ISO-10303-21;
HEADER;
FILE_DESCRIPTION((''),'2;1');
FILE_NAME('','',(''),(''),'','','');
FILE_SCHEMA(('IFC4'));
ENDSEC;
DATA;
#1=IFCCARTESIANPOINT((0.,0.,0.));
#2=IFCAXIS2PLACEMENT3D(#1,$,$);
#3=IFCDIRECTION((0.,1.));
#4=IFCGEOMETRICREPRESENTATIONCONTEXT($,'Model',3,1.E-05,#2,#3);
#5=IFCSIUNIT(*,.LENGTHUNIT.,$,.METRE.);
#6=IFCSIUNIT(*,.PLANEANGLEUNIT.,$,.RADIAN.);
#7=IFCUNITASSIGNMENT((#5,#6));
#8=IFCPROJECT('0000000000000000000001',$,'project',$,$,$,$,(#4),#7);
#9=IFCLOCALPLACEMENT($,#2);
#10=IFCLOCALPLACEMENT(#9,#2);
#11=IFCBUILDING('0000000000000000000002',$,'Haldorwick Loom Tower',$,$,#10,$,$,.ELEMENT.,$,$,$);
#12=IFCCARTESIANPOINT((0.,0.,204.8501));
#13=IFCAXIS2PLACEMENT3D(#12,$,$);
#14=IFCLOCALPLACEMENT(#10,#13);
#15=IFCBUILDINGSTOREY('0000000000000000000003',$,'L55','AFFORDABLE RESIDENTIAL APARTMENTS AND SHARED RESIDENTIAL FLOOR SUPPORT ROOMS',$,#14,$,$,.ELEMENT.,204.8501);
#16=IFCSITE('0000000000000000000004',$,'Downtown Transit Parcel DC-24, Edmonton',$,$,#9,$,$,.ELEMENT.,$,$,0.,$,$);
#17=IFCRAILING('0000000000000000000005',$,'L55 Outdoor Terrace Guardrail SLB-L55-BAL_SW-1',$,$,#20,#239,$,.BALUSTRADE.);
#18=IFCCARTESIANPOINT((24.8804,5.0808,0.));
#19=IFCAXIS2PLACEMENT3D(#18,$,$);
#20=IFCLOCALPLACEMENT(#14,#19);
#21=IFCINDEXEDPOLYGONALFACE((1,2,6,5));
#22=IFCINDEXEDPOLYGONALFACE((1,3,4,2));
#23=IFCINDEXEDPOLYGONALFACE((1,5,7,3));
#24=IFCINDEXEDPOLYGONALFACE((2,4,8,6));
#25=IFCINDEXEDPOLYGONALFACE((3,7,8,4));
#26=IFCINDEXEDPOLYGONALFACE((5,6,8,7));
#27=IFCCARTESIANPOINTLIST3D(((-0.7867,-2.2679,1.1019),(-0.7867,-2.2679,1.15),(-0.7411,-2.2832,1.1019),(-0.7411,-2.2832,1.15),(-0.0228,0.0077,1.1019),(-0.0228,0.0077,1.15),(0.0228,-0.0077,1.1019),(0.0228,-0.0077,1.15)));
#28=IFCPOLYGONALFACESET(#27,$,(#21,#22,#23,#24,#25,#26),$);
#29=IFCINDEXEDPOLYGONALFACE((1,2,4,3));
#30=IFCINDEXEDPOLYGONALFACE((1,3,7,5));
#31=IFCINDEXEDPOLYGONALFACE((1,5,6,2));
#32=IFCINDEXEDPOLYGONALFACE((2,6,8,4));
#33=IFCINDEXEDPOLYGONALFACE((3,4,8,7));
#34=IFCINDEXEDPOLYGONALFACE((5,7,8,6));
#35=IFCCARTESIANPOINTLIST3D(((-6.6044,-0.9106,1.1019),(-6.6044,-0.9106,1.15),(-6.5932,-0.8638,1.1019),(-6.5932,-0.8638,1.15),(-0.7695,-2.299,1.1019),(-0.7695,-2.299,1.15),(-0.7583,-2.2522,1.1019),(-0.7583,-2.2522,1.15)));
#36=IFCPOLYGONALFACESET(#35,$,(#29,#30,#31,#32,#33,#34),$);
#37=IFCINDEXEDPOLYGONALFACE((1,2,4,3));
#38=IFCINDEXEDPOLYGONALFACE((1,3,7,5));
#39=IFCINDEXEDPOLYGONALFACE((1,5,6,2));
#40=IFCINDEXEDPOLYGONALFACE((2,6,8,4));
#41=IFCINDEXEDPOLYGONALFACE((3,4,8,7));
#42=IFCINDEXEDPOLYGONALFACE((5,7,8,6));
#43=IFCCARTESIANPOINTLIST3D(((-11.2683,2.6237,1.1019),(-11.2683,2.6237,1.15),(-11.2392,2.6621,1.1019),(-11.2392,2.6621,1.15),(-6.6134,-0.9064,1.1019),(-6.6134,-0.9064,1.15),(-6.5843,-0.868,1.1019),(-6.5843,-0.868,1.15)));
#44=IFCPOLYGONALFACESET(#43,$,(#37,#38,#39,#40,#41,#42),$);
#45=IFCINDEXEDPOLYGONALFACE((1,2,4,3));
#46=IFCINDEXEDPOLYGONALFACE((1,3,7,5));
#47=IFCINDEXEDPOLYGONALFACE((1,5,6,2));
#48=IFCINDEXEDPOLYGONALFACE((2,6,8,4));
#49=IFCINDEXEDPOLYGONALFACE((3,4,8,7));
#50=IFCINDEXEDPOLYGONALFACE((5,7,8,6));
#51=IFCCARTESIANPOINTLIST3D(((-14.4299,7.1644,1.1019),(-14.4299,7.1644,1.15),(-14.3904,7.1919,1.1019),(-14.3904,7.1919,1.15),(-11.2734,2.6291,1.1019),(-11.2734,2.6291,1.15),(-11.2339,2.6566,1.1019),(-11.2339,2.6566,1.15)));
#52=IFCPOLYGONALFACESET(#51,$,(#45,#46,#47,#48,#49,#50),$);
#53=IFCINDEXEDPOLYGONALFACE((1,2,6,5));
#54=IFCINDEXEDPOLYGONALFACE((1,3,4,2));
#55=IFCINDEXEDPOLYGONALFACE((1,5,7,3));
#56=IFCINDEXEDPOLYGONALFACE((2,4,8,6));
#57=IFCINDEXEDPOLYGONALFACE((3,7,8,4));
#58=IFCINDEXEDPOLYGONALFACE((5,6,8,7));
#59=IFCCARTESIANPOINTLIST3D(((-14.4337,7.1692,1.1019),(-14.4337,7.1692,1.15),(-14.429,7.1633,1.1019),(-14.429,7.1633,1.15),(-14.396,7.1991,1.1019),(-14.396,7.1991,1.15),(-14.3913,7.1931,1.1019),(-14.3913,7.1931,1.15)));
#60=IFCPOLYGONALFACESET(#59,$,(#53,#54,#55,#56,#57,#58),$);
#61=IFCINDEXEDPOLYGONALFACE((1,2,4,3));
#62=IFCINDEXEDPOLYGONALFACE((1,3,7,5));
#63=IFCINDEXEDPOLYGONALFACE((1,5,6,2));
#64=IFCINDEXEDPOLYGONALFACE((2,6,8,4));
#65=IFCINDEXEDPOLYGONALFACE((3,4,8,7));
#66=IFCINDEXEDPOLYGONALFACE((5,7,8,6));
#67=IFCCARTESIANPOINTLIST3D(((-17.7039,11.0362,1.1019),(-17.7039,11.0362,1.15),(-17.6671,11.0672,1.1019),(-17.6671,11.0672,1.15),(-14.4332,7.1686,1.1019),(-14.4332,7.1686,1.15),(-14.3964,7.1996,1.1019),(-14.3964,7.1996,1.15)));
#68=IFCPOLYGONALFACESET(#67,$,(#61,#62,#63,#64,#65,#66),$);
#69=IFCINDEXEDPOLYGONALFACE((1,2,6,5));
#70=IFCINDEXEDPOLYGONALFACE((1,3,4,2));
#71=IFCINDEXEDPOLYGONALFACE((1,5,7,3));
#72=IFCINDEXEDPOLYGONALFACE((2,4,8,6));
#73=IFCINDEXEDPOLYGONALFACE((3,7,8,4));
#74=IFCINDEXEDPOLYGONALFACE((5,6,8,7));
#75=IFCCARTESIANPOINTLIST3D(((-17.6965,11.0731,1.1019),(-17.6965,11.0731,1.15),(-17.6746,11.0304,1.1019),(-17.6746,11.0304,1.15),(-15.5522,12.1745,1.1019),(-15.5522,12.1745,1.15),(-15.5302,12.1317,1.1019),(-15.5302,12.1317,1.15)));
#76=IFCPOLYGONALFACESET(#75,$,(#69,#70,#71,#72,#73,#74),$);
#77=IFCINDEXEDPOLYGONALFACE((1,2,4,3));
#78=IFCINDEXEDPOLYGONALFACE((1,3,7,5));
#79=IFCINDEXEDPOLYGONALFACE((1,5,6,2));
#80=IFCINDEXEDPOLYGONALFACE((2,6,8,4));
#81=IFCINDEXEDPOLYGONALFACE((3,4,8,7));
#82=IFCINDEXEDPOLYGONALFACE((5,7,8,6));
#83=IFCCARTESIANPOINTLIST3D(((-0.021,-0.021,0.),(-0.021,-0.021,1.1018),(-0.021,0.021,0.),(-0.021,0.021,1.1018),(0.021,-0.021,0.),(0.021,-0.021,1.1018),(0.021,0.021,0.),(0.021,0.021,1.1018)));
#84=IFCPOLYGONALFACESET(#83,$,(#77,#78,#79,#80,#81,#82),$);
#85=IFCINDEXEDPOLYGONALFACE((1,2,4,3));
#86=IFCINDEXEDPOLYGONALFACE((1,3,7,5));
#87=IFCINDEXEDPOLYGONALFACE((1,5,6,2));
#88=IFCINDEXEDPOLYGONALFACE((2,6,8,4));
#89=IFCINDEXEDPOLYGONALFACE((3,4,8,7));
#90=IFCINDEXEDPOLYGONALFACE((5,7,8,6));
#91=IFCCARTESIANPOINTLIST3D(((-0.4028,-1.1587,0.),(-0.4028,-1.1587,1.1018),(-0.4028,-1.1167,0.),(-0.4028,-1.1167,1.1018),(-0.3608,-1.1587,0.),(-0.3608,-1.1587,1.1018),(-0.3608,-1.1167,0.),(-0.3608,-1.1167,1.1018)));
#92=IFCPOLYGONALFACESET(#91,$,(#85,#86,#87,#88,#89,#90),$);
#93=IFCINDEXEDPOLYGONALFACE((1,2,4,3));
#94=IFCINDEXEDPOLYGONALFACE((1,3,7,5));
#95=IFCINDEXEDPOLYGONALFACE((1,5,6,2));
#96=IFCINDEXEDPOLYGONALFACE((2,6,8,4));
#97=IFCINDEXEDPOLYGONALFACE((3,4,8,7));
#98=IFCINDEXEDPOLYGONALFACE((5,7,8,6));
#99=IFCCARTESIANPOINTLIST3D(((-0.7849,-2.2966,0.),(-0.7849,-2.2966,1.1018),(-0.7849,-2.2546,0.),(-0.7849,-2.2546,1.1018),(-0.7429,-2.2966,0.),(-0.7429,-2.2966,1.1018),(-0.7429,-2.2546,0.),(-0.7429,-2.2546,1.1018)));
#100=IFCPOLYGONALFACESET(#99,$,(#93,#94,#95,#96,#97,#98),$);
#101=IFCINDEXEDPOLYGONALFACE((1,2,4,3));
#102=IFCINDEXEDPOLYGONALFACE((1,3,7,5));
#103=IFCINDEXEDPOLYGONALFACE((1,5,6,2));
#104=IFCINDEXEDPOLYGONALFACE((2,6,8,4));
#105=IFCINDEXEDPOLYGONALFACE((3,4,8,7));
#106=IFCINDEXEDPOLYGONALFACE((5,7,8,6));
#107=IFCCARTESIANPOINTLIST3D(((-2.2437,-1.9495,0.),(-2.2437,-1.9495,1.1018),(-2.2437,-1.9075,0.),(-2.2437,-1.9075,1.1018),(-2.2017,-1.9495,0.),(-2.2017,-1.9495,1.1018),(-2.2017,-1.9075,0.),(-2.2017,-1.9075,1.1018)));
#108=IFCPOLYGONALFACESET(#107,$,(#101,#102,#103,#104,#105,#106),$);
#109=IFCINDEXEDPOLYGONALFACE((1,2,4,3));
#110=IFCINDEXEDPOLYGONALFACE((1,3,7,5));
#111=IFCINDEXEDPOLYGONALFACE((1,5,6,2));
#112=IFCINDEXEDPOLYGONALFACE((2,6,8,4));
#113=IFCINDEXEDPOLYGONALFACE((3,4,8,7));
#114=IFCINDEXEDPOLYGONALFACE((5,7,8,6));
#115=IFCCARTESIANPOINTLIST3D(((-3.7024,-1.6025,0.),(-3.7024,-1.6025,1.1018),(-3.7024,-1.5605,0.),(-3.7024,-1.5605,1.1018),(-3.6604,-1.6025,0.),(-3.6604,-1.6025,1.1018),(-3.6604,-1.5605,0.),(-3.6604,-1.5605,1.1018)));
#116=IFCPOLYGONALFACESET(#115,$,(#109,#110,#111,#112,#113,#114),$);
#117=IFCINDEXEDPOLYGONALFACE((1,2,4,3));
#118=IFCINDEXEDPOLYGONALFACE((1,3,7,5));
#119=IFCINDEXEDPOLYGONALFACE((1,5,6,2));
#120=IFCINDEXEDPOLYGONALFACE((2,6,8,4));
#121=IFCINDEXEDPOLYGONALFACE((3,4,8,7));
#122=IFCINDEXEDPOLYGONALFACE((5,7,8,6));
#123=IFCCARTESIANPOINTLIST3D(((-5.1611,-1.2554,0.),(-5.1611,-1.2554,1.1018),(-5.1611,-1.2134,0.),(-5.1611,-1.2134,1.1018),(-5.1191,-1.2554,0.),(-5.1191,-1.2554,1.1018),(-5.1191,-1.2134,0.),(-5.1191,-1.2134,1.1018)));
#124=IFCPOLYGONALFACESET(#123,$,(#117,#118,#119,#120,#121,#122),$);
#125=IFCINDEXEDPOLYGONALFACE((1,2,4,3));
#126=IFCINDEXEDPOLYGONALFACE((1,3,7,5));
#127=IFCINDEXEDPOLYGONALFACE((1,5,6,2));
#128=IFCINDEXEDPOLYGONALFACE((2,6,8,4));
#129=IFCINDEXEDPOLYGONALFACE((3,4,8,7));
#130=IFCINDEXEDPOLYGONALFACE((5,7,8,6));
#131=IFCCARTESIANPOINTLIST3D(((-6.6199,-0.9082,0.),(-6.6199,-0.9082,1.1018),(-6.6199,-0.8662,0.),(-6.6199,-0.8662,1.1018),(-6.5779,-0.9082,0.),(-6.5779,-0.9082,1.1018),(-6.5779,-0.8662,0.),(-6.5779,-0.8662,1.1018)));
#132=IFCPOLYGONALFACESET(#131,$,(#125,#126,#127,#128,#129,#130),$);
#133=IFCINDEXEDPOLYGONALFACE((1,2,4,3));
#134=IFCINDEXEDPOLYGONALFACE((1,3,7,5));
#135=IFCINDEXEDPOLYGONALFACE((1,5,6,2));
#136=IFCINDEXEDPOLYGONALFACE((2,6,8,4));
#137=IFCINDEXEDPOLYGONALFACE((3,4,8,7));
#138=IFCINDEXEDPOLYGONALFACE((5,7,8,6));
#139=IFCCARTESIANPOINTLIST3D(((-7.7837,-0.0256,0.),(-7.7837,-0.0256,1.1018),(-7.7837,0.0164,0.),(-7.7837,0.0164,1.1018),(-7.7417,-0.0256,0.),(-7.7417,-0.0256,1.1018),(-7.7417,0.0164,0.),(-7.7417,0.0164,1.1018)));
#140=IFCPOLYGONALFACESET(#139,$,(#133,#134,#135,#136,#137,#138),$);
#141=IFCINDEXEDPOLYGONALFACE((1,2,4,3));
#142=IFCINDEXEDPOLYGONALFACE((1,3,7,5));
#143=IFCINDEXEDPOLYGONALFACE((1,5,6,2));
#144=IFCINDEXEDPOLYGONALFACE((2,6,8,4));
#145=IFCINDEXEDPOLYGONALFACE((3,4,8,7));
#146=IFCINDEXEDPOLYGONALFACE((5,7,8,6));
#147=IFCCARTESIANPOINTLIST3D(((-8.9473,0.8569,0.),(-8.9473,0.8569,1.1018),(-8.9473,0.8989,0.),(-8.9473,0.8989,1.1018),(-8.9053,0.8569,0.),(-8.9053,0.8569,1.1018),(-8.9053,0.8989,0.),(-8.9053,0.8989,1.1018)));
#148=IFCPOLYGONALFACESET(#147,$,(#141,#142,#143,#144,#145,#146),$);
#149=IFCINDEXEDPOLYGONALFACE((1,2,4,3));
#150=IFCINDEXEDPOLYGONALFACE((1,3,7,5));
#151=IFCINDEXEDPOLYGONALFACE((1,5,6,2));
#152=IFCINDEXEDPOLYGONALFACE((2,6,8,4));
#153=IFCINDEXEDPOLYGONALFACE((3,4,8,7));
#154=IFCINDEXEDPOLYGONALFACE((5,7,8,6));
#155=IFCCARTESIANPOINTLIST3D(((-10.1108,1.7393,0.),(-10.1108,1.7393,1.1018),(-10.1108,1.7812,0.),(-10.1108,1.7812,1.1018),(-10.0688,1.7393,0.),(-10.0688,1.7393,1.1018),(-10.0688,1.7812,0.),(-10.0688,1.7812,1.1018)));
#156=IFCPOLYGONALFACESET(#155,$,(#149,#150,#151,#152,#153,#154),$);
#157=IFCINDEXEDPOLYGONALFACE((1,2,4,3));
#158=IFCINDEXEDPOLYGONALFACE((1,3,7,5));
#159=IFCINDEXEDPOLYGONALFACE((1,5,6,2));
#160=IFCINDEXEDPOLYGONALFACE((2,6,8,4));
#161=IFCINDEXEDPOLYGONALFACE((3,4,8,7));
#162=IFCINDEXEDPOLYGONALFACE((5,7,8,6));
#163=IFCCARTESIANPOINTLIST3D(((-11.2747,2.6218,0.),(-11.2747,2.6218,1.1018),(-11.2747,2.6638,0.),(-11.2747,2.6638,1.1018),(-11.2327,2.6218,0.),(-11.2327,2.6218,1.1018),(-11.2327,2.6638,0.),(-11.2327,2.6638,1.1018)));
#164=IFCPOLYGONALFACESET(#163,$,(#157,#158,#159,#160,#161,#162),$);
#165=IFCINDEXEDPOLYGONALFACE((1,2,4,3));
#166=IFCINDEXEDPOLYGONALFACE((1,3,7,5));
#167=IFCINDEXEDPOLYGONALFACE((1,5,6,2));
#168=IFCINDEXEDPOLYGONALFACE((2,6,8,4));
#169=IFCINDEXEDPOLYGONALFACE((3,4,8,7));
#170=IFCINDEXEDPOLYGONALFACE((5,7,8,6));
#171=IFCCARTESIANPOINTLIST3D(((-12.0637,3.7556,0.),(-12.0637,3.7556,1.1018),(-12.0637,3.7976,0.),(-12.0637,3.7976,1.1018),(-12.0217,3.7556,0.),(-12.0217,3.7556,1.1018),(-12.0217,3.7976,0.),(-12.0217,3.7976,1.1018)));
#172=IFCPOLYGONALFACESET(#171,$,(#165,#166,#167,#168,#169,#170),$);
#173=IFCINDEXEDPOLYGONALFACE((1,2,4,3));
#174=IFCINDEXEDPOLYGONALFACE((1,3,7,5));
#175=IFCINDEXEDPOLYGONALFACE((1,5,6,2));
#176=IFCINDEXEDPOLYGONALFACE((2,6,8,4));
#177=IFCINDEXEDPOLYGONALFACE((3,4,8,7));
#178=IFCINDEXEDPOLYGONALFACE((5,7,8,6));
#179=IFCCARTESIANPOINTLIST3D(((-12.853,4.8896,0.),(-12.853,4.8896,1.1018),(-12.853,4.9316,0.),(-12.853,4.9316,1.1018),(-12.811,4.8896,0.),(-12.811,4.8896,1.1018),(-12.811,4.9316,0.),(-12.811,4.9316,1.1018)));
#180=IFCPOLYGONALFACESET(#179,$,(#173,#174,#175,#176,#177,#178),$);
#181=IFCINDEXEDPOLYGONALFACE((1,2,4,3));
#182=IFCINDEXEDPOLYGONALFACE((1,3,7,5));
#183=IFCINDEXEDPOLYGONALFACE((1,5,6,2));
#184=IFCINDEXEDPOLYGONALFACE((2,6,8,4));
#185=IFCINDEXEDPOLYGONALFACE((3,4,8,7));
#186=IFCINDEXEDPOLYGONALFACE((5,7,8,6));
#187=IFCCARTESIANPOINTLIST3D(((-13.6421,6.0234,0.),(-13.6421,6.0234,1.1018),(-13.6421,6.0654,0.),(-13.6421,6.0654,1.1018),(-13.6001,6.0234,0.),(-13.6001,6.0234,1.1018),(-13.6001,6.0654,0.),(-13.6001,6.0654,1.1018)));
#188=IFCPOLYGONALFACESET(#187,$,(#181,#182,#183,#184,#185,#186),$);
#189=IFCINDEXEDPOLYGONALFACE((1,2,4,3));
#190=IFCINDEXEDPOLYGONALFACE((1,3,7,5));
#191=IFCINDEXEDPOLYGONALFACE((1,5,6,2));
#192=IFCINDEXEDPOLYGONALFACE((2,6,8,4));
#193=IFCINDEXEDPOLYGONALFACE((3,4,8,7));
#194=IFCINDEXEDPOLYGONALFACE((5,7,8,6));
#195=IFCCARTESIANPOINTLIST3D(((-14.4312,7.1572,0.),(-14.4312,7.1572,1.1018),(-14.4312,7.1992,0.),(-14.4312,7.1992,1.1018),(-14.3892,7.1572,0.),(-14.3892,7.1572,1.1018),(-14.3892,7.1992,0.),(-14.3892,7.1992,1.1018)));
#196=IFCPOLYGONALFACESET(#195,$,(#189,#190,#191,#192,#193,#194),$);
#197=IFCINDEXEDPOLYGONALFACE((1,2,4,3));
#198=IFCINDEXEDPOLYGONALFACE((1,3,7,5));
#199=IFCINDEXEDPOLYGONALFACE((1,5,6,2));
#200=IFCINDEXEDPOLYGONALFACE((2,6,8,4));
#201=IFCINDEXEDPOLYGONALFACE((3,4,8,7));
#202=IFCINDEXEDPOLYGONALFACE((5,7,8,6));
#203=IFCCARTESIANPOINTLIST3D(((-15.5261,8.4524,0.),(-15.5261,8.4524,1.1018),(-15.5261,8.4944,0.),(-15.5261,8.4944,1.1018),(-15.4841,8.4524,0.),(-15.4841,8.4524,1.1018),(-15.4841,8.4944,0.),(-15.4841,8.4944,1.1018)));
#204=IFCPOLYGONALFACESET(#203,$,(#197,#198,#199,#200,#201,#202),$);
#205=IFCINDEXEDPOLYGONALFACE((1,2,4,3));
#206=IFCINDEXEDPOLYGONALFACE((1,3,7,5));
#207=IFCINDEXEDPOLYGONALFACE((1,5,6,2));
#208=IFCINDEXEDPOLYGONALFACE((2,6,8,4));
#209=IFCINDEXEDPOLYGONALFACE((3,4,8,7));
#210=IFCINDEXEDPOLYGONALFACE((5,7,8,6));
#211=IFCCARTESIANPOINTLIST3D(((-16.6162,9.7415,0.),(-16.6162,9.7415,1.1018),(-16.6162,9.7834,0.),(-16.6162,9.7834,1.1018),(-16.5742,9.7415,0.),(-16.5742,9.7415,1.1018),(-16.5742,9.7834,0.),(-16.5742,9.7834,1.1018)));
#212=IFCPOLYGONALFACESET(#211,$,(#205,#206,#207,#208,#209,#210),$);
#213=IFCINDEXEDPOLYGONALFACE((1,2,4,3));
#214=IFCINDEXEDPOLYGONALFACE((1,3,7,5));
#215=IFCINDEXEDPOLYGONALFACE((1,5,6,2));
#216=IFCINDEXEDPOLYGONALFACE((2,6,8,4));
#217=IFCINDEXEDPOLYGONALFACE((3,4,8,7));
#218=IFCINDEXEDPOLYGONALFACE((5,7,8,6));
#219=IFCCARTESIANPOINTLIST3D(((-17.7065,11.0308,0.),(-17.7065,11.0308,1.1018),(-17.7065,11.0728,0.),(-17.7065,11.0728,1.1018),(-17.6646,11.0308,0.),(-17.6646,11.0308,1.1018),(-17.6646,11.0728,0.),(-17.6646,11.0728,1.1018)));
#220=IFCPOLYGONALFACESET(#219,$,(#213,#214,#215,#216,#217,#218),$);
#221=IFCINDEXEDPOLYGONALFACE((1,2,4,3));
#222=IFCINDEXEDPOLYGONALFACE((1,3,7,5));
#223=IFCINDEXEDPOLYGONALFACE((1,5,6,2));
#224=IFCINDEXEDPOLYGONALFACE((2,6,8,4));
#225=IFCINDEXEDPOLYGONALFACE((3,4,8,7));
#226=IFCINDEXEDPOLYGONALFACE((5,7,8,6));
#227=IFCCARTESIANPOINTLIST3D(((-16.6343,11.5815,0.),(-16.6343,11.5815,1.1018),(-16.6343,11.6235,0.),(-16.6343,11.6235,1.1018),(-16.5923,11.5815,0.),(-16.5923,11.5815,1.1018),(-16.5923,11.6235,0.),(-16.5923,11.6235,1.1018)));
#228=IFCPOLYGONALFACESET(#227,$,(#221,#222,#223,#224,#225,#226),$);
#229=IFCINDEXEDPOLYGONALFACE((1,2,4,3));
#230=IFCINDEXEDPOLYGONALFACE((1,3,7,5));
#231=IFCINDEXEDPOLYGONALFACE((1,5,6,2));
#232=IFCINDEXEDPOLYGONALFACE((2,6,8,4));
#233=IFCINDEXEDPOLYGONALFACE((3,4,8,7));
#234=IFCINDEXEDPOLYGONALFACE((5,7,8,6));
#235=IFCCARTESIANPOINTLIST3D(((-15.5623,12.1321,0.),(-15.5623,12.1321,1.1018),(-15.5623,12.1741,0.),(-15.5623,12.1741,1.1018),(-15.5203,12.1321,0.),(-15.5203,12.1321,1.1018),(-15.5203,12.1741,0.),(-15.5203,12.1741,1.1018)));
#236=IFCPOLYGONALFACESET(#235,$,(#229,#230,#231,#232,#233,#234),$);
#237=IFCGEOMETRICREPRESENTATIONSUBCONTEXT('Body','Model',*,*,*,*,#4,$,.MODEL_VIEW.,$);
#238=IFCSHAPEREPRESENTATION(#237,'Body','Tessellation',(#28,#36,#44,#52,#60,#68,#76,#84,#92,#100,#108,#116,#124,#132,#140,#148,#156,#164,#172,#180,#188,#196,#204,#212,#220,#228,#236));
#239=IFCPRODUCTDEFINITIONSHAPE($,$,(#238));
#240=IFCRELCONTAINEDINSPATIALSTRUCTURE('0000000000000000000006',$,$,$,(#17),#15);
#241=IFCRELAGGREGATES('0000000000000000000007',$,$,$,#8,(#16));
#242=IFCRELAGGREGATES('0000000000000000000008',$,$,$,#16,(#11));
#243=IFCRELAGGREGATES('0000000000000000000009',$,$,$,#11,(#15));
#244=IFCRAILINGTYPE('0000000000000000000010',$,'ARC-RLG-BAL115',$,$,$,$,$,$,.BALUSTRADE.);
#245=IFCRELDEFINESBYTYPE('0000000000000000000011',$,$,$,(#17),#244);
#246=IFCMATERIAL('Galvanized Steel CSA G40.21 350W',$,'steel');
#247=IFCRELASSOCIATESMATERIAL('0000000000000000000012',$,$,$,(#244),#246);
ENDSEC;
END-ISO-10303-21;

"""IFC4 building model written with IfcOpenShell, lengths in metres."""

from ifc_helpers import new_model, si_unit, direction, frame, origin, origin_2d, place, context, subcontext, project, spatial, rectangle, extrude, material, type_object, element, save


model = new_model("IFC4")

# Units and contexts
model_context = context("Model", 3, precision=1e-05, world=origin(), true_north=direction((0.0, 1.0)))
body_context = subcontext(model_context, "Body", "Model", "MODEL_VIEW")
ifc_project = project(units=[si_unit("LENGTHUNIT", "METRE"), si_unit("PLANEANGLEUNIT", "RADIAN")], contexts=[model_context])

# Site, building, storey
site_placement = place(None, origin())
site = spatial("IfcSite", under=ifc_project, at=site_placement, Name="Downtown Transit Parcel DC-24, Edmonton", CompositionType="ELEMENT", RefElevation=0.0)
building_placement = place(site_placement, origin())
building = spatial("IfcBuilding", under=site, at=building_placement, Name="Haldorwick Loom Tower", CompositionType="ELEMENT")
storey_placement = place(building_placement, frame((0.0, 0.0, 204.8501)))
storey = spatial("IfcBuildingStorey", under=building, at=storey_placement, Name="L55", Description="AFFORDABLE RESIDENTIAL APARTMENTS AND SHARED RESIDENTIAL FLOOR SUPPORT ROOMS", CompositionType="ELEMENT", Elevation=204.8501)

# Railing
ifc_material_1 = material(Name="Galvanized Steel CSA G40.21 350W", Category="steel")
railing_type = type_object("IfcRailingType", Name="ARC-RLG-BAL115", PredefinedType="BALUSTRADE", material=ifc_material_1)
railing_placement = place(storey_placement, frame((24.8804, 5.0808, 0.0)))
element("IfcRailing", 1, at=railing_placement, inside=storey, type_object=railing_type, Name="L55 Outdoor Terrace Guardrail SLB-L55-BAL_SW-1", PredefinedType="BALUSTRADE", context=body_context, shape_type="SweptSolid", body=[
    extrude(rectangle(XDim=0.0481, YDim=0.0481, at=origin_2d()), frame((0.0, 0.0, 1.126), z_axis=(-0.318241, -0.94801, 0.0), x_axis=(0.94801, -0.318241, 0.0)), (0.0, 0.0, 1.0), 2.4004),
    extrude(rectangle(XDim=0.0481, YDim=0.0481, at=origin_2d()), frame((-0.7639, -2.2756, 1.126), z_axis=(-0.972838, 0.231487, 0.0), x_axis=(-0.231487, -0.972838, 0.0)), (0.0, 0.0, 1.0), 5.9978),
    extrude(rectangle(XDim=0.0481, YDim=0.0481, at=origin_2d()), frame((-6.5989, -0.8872, 1.126), z_axis=(-0.796789, 0.604258, 0.0), x_axis=(-0.604258, -0.796789, 0.0)), (0.0, 0.0, 1.0), 5.842),
    extrude(rectangle(XDim=0.0481, YDim=0.0481, at=origin_2d()), frame((-11.2537, 2.6428, 1.126), z_axis=(-0.571239, 0.820784, 0.0), x_axis=(-0.820784, -0.571239, 0.0)), (0.0, 0.0, 1.0), 5.5256),
    extrude(rectangle(XDim=0.0481, YDim=0.0481, at=origin_2d()), frame((-14.4102, 7.1782, 1.126), z_axis=(-0.620703, 0.784046, 0.0), x_axis=(-0.784046, -0.620703, 0.0)), (0.0, 0.0, 1.0), 0.0076),
    extrude(rectangle(XDim=0.0481, YDim=0.0481, at=origin_2d()), frame((-14.4148, 7.1841, 1.126), z_axis=(-0.645724, 0.763571, 0.0), x_axis=(-0.763571, -0.645724, 0.0)), (0.0, 0.0, 1.0), 5.0652),
    extrude(rectangle(XDim=0.0481, YDim=0.0481, at=origin_2d()), frame((-17.6855, 11.0518, 1.126), z_axis=(0.889534, 0.45687, 0.0), x_axis=(-0.45687, 0.889534, 0.0)), (0.0, 0.0, 1.0), 2.4106),
    extrude(rectangle(XDim=0.042, YDim=0.042, at=origin_2d()), origin(), (0.0, 0.0, 1.0), 1.1018),
    extrude(rectangle(XDim=0.042, YDim=0.042, at=origin_2d()), frame((-0.3818, -1.1377, 0.0)), (0.0, 0.0, 1.0), 1.1018),
    extrude(rectangle(XDim=0.042, YDim=0.042, at=origin_2d()), frame((-0.7639, -2.2756, 0.0)), (0.0, 0.0, 1.0), 1.1018),
    extrude(rectangle(XDim=0.042, YDim=0.042, at=origin_2d()), frame((-2.2227, -1.9285, 0.0)), (0.0, 0.0, 1.0), 1.1018),
    extrude(rectangle(XDim=0.042, YDim=0.042, at=origin_2d()), frame((-3.6814, -1.5815, 0.0)), (0.0, 0.0, 1.0), 1.1018),
    extrude(rectangle(XDim=0.042, YDim=0.042, at=origin_2d()), frame((-5.1401, -1.2344, 0.0)), (0.0, 0.0, 1.0), 1.1018),
    extrude(rectangle(XDim=0.042, YDim=0.042, at=origin_2d()), frame((-6.5989, -0.8872, 0.0)), (0.0, 0.0, 1.0), 1.1018),
    extrude(rectangle(XDim=0.042, YDim=0.042, at=origin_2d()), frame((-7.7627, -0.0046, 0.0)), (0.0, 0.0, 1.0), 1.1018),
    extrude(rectangle(XDim=0.042, YDim=0.042, at=origin_2d()), frame((-8.9263, 0.8779, 0.0)), (0.0, 0.0, 1.0), 1.1018),
    extrude(rectangle(XDim=0.042, YDim=0.042, at=origin_2d()), frame((-10.0898, 1.7603, 0.0)), (0.0, 0.0, 1.0), 1.1018),
    extrude(rectangle(XDim=0.042, YDim=0.042, at=origin_2d()), frame((-11.2537, 2.6428, 0.0)), (0.0, 0.0, 1.0), 1.1018),
    extrude(rectangle(XDim=0.042, YDim=0.042, at=origin_2d()), frame((-12.0427, 3.7766, 0.0)), (0.0, 0.0, 1.0), 1.1018),
    extrude(rectangle(XDim=0.042, YDim=0.042, at=origin_2d()), frame((-12.832, 4.9106, 0.0)), (0.0, 0.0, 1.0), 1.1018),
    extrude(rectangle(XDim=0.042, YDim=0.042, at=origin_2d()), frame((-13.6211, 6.0444, 0.0)), (0.0, 0.0, 1.0), 1.1018),
    extrude(rectangle(XDim=0.042, YDim=0.042, at=origin_2d()), frame((-14.4102, 7.1782, 0.0)), (0.0, 0.0, 1.0), 1.1018),
    extrude(rectangle(XDim=0.042, YDim=0.042, at=origin_2d()), frame((-15.5051, 8.4734, 0.0)), (0.0, 0.0, 1.0), 1.1018),
    extrude(rectangle(XDim=0.042, YDim=0.042, at=origin_2d()), frame((-16.5952, 9.7625, 0.0)), (0.0, 0.0, 1.0), 1.1018),
    extrude(rectangle(XDim=0.042, YDim=0.042, at=origin_2d()), frame((-17.6855, 11.0518, 0.0)), (0.0, 0.0, 1.0), 1.1018),
    extrude(rectangle(XDim=0.042, YDim=0.042, at=origin_2d()), frame((-16.6133, 11.6025, 0.0)), (0.0, 0.0, 1.0), 1.1018),
    extrude(rectangle(XDim=0.042, YDim=0.042, at=origin_2d()), frame((-15.5413, 12.1531, 0.0)), (0.0, 0.0, 1.0), 1.1018),
])

save(model, "model.ifc")
